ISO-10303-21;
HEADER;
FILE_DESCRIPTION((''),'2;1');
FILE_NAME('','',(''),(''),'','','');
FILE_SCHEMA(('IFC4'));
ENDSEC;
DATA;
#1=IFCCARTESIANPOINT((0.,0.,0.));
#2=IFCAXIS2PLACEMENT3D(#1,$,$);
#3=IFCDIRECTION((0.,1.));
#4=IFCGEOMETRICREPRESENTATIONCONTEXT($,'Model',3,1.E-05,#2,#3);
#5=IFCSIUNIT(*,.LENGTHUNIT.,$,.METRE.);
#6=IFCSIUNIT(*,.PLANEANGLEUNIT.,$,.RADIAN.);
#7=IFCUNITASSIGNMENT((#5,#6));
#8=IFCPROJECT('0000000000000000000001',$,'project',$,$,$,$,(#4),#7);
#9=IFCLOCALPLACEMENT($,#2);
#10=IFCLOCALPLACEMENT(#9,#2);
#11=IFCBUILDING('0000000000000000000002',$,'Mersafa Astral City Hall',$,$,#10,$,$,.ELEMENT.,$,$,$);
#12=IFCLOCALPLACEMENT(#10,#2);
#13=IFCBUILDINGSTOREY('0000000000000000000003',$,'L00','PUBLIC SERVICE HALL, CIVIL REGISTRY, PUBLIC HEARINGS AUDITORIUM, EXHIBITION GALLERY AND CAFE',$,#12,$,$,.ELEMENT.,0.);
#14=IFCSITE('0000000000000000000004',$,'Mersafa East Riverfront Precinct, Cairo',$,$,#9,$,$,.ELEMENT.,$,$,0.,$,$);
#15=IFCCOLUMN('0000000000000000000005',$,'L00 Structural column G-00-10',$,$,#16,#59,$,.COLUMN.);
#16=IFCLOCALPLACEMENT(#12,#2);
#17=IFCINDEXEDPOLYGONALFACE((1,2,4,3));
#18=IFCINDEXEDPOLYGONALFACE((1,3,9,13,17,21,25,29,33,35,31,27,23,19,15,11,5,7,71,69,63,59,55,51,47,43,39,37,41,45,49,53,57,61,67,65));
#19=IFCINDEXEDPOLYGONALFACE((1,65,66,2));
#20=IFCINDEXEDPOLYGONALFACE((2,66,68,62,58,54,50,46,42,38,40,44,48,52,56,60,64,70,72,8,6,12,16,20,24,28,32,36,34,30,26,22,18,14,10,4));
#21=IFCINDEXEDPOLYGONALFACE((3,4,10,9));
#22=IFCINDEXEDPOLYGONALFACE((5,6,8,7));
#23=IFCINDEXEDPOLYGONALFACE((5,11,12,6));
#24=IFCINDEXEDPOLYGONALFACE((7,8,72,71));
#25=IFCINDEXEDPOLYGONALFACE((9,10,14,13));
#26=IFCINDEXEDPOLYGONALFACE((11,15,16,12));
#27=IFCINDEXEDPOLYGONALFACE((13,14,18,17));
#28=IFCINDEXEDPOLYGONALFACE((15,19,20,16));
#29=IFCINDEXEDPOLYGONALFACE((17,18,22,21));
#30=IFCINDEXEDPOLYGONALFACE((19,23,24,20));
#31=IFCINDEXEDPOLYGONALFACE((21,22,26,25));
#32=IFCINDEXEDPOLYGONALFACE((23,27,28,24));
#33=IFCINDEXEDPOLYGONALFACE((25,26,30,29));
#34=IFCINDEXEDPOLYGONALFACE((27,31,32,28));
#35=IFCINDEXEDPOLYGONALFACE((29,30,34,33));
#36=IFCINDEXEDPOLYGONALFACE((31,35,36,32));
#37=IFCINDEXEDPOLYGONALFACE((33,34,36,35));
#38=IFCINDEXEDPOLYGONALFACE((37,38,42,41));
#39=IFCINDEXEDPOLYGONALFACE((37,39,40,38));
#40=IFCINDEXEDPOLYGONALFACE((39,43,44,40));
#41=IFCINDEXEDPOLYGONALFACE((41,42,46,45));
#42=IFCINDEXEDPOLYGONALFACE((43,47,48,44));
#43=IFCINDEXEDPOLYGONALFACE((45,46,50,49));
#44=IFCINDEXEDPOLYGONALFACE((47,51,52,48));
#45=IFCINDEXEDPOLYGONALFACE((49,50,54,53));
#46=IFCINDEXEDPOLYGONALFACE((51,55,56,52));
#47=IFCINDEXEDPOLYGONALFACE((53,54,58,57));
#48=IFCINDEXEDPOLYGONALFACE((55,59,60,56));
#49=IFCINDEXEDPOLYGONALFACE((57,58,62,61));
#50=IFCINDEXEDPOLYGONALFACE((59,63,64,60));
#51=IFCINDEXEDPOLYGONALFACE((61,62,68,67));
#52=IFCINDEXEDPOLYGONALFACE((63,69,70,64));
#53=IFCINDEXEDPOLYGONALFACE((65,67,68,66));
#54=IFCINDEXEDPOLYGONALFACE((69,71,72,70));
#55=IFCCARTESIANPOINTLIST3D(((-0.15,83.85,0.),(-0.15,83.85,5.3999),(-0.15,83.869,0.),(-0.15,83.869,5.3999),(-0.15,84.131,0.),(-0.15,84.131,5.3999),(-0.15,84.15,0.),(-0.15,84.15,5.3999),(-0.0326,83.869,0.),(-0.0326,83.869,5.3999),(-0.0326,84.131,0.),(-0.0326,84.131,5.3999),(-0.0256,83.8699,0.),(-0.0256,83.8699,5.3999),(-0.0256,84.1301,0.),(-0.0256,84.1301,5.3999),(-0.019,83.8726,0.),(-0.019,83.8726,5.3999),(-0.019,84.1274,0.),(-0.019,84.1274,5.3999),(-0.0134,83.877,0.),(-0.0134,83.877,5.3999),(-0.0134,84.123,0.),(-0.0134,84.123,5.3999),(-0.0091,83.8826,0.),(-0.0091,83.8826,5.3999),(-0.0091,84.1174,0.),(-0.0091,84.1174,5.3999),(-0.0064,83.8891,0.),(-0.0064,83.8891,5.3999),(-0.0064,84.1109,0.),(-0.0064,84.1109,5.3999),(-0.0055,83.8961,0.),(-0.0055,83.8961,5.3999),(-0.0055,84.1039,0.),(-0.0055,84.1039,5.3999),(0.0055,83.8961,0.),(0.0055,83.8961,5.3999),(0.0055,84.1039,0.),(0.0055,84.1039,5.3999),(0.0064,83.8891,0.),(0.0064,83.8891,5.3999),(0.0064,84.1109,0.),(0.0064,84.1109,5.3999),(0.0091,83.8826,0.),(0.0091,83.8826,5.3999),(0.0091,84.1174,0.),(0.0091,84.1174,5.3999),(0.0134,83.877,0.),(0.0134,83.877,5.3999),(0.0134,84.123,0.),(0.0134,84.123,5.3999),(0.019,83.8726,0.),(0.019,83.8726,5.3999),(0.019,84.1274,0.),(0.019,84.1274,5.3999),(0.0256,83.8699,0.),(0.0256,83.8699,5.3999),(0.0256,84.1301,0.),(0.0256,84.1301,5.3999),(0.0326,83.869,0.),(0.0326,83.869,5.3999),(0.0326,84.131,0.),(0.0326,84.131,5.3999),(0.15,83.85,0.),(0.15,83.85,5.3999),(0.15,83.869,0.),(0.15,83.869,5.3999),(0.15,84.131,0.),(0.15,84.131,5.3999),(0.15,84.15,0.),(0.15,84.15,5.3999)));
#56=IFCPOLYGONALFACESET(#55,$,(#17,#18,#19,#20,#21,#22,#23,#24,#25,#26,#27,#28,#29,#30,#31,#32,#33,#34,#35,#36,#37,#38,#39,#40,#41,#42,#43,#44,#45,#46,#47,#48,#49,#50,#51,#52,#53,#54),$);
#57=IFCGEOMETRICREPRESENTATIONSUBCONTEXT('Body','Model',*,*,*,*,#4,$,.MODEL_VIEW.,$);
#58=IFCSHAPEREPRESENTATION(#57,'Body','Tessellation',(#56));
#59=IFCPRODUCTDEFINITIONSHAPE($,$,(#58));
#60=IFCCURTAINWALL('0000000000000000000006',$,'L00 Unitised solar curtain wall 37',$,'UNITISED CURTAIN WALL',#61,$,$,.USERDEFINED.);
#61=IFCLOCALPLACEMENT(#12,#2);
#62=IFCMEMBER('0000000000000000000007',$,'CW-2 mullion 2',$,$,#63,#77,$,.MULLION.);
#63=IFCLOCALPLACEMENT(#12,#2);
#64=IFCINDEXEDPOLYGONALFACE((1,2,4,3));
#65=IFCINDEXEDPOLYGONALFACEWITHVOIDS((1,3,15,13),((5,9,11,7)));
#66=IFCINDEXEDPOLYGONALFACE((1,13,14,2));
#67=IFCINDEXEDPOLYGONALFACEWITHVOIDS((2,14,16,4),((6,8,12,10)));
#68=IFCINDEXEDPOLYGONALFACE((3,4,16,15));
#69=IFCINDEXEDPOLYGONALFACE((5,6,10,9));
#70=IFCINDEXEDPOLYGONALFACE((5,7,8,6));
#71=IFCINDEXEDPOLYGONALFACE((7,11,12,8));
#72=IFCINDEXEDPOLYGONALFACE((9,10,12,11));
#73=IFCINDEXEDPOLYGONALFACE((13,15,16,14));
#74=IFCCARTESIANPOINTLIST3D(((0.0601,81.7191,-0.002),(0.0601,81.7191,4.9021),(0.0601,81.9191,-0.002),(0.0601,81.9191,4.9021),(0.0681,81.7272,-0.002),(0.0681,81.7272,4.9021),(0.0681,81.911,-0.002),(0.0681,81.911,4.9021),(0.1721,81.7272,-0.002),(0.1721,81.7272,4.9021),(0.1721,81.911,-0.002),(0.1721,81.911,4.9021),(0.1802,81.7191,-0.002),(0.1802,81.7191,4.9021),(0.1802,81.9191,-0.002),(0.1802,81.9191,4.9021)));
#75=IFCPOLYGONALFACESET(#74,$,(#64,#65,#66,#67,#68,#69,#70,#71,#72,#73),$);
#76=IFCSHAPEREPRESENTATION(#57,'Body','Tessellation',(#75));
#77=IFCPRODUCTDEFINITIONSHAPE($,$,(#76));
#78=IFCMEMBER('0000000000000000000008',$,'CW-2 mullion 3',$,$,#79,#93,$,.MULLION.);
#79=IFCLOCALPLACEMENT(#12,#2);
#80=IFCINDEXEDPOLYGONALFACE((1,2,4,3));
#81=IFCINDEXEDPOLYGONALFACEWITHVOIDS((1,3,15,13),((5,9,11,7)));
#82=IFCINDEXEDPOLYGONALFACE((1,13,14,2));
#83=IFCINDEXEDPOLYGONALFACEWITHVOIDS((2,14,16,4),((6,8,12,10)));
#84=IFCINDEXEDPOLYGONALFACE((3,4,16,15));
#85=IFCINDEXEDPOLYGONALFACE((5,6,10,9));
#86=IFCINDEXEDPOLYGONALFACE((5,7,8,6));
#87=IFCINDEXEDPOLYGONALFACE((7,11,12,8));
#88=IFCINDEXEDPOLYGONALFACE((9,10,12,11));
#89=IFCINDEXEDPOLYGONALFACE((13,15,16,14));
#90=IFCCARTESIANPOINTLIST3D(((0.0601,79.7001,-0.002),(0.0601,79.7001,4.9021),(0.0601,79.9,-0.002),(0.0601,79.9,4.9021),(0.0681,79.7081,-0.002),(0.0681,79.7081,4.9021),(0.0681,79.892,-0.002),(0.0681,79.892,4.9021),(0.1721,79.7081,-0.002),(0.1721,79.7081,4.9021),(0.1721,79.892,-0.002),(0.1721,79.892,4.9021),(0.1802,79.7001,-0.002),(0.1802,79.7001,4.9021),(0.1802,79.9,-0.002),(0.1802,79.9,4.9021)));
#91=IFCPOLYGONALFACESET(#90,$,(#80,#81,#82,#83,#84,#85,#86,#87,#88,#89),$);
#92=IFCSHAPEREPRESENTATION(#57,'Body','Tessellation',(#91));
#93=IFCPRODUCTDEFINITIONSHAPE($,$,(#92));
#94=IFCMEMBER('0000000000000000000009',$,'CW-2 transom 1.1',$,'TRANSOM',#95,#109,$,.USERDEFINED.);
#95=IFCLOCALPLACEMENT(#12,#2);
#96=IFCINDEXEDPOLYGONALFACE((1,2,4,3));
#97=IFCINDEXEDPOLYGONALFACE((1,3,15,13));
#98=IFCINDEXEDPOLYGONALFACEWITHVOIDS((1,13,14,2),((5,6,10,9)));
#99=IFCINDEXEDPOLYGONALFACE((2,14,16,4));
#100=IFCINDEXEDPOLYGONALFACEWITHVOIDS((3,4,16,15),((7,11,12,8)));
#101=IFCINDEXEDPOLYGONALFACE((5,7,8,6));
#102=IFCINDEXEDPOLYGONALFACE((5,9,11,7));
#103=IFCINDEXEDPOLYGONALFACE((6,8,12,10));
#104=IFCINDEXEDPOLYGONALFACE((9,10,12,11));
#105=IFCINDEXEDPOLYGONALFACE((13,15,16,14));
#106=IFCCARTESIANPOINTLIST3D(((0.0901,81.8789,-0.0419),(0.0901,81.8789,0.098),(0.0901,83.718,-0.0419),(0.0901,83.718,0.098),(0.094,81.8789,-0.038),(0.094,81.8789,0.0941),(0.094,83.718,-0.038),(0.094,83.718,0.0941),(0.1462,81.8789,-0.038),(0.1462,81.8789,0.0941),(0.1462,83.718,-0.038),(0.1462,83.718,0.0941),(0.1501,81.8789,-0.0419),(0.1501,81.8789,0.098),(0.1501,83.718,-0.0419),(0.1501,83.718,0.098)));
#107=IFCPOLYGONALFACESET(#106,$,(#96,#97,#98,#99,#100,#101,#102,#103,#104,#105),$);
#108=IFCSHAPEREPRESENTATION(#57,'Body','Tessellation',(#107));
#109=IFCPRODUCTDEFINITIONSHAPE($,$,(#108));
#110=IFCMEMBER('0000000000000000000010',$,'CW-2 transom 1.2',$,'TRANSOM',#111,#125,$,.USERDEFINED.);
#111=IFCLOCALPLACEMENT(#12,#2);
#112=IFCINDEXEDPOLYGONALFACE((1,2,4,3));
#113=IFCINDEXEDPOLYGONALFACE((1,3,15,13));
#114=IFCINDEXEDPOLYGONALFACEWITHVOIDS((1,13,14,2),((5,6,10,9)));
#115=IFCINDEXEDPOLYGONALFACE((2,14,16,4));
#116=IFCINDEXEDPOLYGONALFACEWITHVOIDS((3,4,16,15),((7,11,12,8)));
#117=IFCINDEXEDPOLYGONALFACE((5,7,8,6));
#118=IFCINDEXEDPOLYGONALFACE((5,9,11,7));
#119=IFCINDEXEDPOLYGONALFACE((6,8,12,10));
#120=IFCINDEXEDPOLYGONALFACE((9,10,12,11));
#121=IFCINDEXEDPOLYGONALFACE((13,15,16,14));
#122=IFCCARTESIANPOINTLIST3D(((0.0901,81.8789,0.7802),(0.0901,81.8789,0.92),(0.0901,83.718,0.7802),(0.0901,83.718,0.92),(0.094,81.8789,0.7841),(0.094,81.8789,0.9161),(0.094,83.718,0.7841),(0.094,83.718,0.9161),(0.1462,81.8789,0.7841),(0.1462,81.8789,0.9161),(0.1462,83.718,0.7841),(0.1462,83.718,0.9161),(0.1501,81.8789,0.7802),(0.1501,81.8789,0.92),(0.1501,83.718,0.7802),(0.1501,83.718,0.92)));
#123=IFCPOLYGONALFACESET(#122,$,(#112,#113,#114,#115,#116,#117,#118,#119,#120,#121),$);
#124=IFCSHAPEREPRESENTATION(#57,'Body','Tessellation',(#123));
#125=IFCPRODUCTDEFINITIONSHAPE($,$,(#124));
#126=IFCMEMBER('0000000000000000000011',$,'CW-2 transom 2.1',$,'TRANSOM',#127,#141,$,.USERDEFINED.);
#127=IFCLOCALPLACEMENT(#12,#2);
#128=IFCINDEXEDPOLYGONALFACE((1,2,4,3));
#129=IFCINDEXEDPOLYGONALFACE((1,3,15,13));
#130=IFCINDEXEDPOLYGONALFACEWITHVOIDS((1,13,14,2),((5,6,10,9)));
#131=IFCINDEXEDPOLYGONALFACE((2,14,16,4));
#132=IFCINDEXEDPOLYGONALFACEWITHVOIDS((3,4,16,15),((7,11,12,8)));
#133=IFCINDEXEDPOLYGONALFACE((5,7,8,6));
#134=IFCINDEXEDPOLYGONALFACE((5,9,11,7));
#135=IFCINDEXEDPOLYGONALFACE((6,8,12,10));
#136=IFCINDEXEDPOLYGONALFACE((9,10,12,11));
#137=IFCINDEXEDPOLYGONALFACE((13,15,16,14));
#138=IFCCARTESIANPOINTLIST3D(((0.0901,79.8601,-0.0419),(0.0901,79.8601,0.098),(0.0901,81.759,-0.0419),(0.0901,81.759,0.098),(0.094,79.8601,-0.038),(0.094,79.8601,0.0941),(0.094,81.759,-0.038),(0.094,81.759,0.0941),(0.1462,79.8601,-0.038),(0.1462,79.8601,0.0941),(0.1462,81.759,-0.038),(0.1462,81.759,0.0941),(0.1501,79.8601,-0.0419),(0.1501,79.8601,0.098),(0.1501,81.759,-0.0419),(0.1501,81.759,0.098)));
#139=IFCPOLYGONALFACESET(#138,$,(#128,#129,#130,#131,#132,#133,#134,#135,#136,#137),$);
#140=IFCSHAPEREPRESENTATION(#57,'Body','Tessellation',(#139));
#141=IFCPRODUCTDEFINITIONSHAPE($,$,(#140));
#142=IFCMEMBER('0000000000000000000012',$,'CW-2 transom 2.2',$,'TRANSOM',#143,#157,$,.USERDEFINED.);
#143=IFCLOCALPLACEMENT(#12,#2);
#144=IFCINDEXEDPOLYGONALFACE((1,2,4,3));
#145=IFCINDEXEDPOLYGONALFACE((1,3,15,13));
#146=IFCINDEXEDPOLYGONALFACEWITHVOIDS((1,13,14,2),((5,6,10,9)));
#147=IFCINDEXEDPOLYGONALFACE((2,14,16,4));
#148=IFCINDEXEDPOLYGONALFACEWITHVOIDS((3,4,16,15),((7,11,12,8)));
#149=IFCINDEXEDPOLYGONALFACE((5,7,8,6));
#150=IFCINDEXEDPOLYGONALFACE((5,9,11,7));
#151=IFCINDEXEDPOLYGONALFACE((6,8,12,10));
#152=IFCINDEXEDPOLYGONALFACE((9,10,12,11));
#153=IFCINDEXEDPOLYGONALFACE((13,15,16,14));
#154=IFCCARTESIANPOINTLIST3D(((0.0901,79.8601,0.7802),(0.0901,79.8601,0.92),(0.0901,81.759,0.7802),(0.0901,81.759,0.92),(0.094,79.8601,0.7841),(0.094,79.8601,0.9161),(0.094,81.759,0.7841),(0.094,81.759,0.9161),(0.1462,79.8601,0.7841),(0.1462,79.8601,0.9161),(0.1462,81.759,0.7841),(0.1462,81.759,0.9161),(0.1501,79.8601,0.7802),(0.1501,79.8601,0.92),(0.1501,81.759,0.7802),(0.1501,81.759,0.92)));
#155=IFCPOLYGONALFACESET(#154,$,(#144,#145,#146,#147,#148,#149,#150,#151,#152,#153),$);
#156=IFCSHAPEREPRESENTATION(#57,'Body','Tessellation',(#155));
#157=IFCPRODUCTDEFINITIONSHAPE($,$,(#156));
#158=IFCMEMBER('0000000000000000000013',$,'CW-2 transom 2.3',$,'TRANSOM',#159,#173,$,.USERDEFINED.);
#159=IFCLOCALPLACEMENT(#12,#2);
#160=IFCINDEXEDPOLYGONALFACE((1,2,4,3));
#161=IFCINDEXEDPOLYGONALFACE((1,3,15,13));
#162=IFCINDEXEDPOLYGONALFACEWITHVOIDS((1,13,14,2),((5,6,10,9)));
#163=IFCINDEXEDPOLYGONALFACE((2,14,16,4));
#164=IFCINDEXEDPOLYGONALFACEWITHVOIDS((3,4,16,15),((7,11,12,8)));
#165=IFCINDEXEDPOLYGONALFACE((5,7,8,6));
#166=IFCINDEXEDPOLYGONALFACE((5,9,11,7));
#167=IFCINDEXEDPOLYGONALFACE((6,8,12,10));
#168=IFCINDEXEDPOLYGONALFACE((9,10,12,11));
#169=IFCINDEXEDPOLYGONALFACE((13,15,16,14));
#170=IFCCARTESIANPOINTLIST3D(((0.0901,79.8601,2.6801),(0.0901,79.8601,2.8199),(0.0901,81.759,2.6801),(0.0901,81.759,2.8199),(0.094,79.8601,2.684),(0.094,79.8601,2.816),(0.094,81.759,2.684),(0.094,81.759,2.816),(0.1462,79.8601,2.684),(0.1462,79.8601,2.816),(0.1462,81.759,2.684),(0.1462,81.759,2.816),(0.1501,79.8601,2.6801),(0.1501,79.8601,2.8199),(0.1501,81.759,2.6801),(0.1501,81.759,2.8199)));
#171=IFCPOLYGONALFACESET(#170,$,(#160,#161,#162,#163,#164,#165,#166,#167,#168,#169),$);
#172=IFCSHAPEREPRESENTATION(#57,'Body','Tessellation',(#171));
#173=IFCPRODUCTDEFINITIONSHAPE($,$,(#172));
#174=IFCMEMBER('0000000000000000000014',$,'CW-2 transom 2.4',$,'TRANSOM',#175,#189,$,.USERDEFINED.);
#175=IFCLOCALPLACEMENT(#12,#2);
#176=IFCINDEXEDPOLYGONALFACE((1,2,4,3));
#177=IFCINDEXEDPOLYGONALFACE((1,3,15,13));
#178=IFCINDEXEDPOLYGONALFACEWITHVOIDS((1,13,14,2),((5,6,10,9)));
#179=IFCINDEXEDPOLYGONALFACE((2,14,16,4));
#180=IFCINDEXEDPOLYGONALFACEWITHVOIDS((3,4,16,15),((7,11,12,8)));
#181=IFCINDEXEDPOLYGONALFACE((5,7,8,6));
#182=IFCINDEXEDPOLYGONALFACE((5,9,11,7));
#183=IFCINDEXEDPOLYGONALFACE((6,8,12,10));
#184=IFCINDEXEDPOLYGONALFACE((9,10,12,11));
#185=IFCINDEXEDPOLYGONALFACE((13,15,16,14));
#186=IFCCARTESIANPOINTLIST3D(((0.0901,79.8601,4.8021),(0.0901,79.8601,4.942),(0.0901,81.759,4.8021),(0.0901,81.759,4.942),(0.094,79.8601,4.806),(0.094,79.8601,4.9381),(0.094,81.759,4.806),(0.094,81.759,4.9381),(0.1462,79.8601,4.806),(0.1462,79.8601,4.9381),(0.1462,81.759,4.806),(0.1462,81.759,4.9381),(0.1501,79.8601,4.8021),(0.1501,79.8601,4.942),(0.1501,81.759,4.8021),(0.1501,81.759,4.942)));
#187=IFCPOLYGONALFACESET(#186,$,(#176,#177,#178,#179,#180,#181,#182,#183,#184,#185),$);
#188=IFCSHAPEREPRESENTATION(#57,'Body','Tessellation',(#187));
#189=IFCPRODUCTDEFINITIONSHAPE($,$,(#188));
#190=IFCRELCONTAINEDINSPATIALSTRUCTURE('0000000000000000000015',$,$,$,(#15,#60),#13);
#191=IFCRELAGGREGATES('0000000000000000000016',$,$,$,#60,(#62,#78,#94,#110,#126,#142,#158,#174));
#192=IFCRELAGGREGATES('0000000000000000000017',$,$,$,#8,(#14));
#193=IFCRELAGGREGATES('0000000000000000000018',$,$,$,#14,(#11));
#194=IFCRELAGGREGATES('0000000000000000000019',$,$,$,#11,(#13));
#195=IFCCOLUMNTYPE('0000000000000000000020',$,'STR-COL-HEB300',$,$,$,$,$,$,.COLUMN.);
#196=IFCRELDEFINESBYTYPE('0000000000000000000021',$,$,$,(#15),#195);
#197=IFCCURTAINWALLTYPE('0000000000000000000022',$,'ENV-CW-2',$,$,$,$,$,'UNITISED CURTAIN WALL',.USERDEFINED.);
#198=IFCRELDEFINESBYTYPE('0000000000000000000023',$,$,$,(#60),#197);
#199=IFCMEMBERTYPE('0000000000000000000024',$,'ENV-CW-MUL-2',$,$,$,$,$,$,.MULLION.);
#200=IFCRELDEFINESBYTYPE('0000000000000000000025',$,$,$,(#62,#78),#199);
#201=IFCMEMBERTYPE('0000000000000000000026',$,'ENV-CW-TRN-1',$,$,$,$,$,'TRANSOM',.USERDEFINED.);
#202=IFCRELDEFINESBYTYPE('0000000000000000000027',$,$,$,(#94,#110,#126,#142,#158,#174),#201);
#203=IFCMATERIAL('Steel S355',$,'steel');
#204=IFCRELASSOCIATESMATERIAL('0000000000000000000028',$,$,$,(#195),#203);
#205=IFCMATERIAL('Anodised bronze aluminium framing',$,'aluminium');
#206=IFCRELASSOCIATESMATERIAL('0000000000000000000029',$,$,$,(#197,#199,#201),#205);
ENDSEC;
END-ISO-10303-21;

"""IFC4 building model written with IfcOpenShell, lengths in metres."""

from ifc_helpers import new_model, si_unit, direction, frame, origin, origin_2d, place, context, subcontext, project, spatial, hollow_rectangle, i_section, extrude, material, material_profile, profile_set, type_object, element, aggregate, save


model = new_model("IFC4")

# Units and contexts
model_context = context("Model", 3, precision=1e-05, world=origin(), true_north=direction((0.0, 1.0)))
body_context = subcontext(model_context, "Body", "Model", "MODEL_VIEW")
ifc_project = project(units=[si_unit("LENGTHUNIT", "METRE"), si_unit("PLANEANGLEUNIT", "RADIAN")], contexts=[model_context])

# Site, building, storey
site_placement = place(None, origin())
site = spatial("IfcSite", under=ifc_project, at=site_placement, Name="Mersafa East Riverfront Precinct, Cairo", CompositionType="ELEMENT", RefElevation=0.0)
building_placement = place(site_placement, origin())
building = spatial("IfcBuilding", under=site, at=building_placement, Name="Mersafa Astral City Hall", CompositionType="ELEMENT")
storey_placement = place(building_placement, origin())
storey = spatial("IfcBuildingStorey", under=building, at=storey_placement, Name="L00", Description="PUBLIC SERVICE HALL, CIVIL REGISTRY, PUBLIC HEARINGS AUDITORIUM, EXHIBITION GALLERY AND CAFE", CompositionType="ELEMENT", Elevation=0.0)

# Column
ifc_material_1 = material(Name="Steel S355", Category="steel")
ifc_material_profile_1 = material_profile(ifc_material_1, i_section(OverallWidth=0.3, OverallDepth=0.3, WebThickness=0.011, FlangeThickness=0.019, FilletRadius=0.0271, at=origin_2d()), Name="HEB 300")
ifc_profile_set_1 = profile_set([ifc_material_profile_1], Name="Steel S355")
column_type = type_object("IfcColumnType", Name="STR-COL-HEB300", PredefinedType="COLUMN", material=ifc_profile_set_1)
column_placement = place(storey_placement, frame((0.0, 84.0, 0.0), z_axis=(0.0, 0.0, 1.0), x_axis=(1.0, 0.0, 0.0)))
element("IfcColumn", 1, at=column_placement, inside=storey, type_object=column_type, Name="L00 Structural column G-00-10", PredefinedType="COLUMN", context=body_context, shape_type="SweptSolid", body=[
    extrude(i_section(OverallWidth=0.3, OverallDepth=0.3, WebThickness=0.011, FlangeThickness=0.019, FilletRadius=0.0271, at=origin_2d()), origin(), (0.0, 0.0, 1.0), 5.3999),
])

# Curtain wall, members
ifc_material_2 = material(Name="Anodised bronze aluminium framing", Category="aluminium")
curtain_wall_type = type_object("IfcCurtainWallType", Name="ENV-CW-2", ElementType="UNITISED CURTAIN WALL", PredefinedType="USERDEFINED", material=ifc_material_2)
curtain_wall_placement = place(storey_placement, origin())
curtain_wall = element("IfcCurtainWall", 2, at=curtain_wall_placement, inside=storey, type_object=curtain_wall_type, Name="L00 Unitised solar curtain wall 37", ObjectType="UNITISED CURTAIN WALL", PredefinedType="USERDEFINED")
ifc_material_profile_2 = material_profile(ifc_material_2, hollow_rectangle(XDim=0.1201, YDim=0.2, WallThickness=0.0081, at=origin_2d()), Name="RHS 120x200x8")
ifc_profile_set_2 = profile_set([ifc_material_profile_2], Name="Anodised bronze aluminium framing")
member_type_1 = type_object("IfcMemberType", Name="ENV-CW-MUL-2", PredefinedType="MULLION", material=ifc_profile_set_2)
member_1_placement = place(storey_placement, frame((0.1201, 81.8191, -0.002), z_axis=(0.0, 0.0, 1.0), x_axis=(1.0, 0.0, 0.0)))
member_1 = element("IfcMember", 3, at=member_1_placement, type_object=member_type_1, Name="CW-2 mullion 2", PredefinedType="MULLION", context=body_context, shape_type="SweptSolid", body=[
    extrude(hollow_rectangle(XDim=0.1201, YDim=0.2, WallThickness=0.0081, at=origin_2d()), origin(), (0.0, 0.0, 1.0), 4.9041),
])
member_2_placement = place(storey_placement, frame((0.1201, 79.8, -0.002), z_axis=(0.0, 0.0, 1.0), x_axis=(1.0, 0.0, 0.0)))
member_2 = element("IfcMember", 4, at=member_2_placement, type_object=member_type_1, Name="CW-2 mullion 3", PredefinedType="MULLION", context=body_context, shape_type="SweptSolid", body=[
    extrude(hollow_rectangle(XDim=0.1201, YDim=0.2, WallThickness=0.0081, at=origin_2d()), origin(), (0.0, 0.0, 1.0), 4.9041),
])
ifc_material_profile_3 = material_profile(ifc_material_2, hollow_rectangle(XDim=0.0601, YDim=0.1399, WallThickness=0.0039, at=origin_2d()), Name="RHS 60x140x4")
ifc_profile_set_3 = profile_set([ifc_material_profile_3], Name="Anodised bronze aluminium framing")
member_type_2 = type_object("IfcMemberType", Name="ENV-CW-TRN-1", ElementType="TRANSOM", PredefinedType="USERDEFINED", material=ifc_profile_set_3)
member_3_placement = place(storey_placement, frame((0.1201, 83.718, 0.0281), z_axis=(0.0, -1.0, 0.0), x_axis=(1.0, 0.0, 0.0)))
member_3 = element("IfcMember", 5, at=member_3_placement, type_object=member_type_2, Name="CW-2 transom 1.1", ObjectType="TRANSOM", PredefinedType="USERDEFINED", context=body_context, shape_type="SweptSolid", body=[
    extrude(hollow_rectangle(XDim=0.0601, YDim=0.1399, WallThickness=0.0039, at=origin_2d()), origin(), (0.0, 0.0, 1.0), 1.8391),
])
member_4_placement = place(storey_placement, frame((0.1201, 83.718, 0.8501), z_axis=(0.0, -1.0, 0.0), x_axis=(1.0, 0.0, 0.0)))
member_4 = element("IfcMember", 6, at=member_4_placement, type_object=member_type_2, Name="CW-2 transom 1.2", ObjectType="TRANSOM", PredefinedType="USERDEFINED", context=body_context, shape_type="SweptSolid", body=[
    extrude(hollow_rectangle(XDim=0.0601, YDim=0.1399, WallThickness=0.0039, at=origin_2d()), origin(), (0.0, 0.0, 1.0), 1.8391),
])
member_5_placement = place(storey_placement, frame((0.1201, 81.759, 0.0281), z_axis=(0.0, -1.0, 0.0), x_axis=(1.0, 0.0, 0.0)))
member_5 = element("IfcMember", 7, at=member_5_placement, type_object=member_type_2, Name="CW-2 transom 2.1", ObjectType="TRANSOM", PredefinedType="USERDEFINED", context=body_context, shape_type="SweptSolid", body=[
    extrude(hollow_rectangle(XDim=0.0601, YDim=0.1399, WallThickness=0.0039, at=origin_2d()), origin(), (0.0, 0.0, 1.0), 1.8989),
])
member_6_placement = place(storey_placement, frame((0.1201, 81.759, 0.8501), z_axis=(0.0, -1.0, 0.0), x_axis=(1.0, 0.0, 0.0)))
member_6 = element("IfcMember", 8, at=member_6_placement, type_object=member_type_2, Name="CW-2 transom 2.2", ObjectType="TRANSOM", PredefinedType="USERDEFINED", context=body_context, shape_type="SweptSolid", body=[
    extrude(hollow_rectangle(XDim=0.0601, YDim=0.1399, WallThickness=0.0039, at=origin_2d()), origin(), (0.0, 0.0, 1.0), 1.8989),
])
member_7_placement = place(storey_placement, frame((0.1201, 81.759, 2.75), z_axis=(0.0, -1.0, 0.0), x_axis=(1.0, 0.0, 0.0)))
member_7 = element("IfcMember", 9, at=member_7_placement, type_object=member_type_2, Name="CW-2 transom 2.3", ObjectType="TRANSOM", PredefinedType="USERDEFINED", context=body_context, shape_type="SweptSolid", body=[
    extrude(hollow_rectangle(XDim=0.0601, YDim=0.1399, WallThickness=0.0039, at=origin_2d()), origin(), (0.0, 0.0, 1.0), 1.8989),
])
member_8_placement = place(storey_placement, frame((0.1201, 81.759, 4.8721), z_axis=(0.0, -1.0, 0.0), x_axis=(1.0, 0.0, 0.0)))
member_8 = element("IfcMember", 10, at=member_8_placement, type_object=member_type_2, Name="CW-2 transom 2.4", ObjectType="TRANSOM", PredefinedType="USERDEFINED", context=body_context, shape_type="SweptSolid", body=[
    extrude(hollow_rectangle(XDim=0.0601, YDim=0.1399, WallThickness=0.0039, at=origin_2d()), origin(), (0.0, 0.0, 1.0), 1.8989),
])

aggregate(curtain_wall, [member_1, member_2, member_3, member_4, member_5, member_6, member_7, member_8])

save(model, "model.ifc")
